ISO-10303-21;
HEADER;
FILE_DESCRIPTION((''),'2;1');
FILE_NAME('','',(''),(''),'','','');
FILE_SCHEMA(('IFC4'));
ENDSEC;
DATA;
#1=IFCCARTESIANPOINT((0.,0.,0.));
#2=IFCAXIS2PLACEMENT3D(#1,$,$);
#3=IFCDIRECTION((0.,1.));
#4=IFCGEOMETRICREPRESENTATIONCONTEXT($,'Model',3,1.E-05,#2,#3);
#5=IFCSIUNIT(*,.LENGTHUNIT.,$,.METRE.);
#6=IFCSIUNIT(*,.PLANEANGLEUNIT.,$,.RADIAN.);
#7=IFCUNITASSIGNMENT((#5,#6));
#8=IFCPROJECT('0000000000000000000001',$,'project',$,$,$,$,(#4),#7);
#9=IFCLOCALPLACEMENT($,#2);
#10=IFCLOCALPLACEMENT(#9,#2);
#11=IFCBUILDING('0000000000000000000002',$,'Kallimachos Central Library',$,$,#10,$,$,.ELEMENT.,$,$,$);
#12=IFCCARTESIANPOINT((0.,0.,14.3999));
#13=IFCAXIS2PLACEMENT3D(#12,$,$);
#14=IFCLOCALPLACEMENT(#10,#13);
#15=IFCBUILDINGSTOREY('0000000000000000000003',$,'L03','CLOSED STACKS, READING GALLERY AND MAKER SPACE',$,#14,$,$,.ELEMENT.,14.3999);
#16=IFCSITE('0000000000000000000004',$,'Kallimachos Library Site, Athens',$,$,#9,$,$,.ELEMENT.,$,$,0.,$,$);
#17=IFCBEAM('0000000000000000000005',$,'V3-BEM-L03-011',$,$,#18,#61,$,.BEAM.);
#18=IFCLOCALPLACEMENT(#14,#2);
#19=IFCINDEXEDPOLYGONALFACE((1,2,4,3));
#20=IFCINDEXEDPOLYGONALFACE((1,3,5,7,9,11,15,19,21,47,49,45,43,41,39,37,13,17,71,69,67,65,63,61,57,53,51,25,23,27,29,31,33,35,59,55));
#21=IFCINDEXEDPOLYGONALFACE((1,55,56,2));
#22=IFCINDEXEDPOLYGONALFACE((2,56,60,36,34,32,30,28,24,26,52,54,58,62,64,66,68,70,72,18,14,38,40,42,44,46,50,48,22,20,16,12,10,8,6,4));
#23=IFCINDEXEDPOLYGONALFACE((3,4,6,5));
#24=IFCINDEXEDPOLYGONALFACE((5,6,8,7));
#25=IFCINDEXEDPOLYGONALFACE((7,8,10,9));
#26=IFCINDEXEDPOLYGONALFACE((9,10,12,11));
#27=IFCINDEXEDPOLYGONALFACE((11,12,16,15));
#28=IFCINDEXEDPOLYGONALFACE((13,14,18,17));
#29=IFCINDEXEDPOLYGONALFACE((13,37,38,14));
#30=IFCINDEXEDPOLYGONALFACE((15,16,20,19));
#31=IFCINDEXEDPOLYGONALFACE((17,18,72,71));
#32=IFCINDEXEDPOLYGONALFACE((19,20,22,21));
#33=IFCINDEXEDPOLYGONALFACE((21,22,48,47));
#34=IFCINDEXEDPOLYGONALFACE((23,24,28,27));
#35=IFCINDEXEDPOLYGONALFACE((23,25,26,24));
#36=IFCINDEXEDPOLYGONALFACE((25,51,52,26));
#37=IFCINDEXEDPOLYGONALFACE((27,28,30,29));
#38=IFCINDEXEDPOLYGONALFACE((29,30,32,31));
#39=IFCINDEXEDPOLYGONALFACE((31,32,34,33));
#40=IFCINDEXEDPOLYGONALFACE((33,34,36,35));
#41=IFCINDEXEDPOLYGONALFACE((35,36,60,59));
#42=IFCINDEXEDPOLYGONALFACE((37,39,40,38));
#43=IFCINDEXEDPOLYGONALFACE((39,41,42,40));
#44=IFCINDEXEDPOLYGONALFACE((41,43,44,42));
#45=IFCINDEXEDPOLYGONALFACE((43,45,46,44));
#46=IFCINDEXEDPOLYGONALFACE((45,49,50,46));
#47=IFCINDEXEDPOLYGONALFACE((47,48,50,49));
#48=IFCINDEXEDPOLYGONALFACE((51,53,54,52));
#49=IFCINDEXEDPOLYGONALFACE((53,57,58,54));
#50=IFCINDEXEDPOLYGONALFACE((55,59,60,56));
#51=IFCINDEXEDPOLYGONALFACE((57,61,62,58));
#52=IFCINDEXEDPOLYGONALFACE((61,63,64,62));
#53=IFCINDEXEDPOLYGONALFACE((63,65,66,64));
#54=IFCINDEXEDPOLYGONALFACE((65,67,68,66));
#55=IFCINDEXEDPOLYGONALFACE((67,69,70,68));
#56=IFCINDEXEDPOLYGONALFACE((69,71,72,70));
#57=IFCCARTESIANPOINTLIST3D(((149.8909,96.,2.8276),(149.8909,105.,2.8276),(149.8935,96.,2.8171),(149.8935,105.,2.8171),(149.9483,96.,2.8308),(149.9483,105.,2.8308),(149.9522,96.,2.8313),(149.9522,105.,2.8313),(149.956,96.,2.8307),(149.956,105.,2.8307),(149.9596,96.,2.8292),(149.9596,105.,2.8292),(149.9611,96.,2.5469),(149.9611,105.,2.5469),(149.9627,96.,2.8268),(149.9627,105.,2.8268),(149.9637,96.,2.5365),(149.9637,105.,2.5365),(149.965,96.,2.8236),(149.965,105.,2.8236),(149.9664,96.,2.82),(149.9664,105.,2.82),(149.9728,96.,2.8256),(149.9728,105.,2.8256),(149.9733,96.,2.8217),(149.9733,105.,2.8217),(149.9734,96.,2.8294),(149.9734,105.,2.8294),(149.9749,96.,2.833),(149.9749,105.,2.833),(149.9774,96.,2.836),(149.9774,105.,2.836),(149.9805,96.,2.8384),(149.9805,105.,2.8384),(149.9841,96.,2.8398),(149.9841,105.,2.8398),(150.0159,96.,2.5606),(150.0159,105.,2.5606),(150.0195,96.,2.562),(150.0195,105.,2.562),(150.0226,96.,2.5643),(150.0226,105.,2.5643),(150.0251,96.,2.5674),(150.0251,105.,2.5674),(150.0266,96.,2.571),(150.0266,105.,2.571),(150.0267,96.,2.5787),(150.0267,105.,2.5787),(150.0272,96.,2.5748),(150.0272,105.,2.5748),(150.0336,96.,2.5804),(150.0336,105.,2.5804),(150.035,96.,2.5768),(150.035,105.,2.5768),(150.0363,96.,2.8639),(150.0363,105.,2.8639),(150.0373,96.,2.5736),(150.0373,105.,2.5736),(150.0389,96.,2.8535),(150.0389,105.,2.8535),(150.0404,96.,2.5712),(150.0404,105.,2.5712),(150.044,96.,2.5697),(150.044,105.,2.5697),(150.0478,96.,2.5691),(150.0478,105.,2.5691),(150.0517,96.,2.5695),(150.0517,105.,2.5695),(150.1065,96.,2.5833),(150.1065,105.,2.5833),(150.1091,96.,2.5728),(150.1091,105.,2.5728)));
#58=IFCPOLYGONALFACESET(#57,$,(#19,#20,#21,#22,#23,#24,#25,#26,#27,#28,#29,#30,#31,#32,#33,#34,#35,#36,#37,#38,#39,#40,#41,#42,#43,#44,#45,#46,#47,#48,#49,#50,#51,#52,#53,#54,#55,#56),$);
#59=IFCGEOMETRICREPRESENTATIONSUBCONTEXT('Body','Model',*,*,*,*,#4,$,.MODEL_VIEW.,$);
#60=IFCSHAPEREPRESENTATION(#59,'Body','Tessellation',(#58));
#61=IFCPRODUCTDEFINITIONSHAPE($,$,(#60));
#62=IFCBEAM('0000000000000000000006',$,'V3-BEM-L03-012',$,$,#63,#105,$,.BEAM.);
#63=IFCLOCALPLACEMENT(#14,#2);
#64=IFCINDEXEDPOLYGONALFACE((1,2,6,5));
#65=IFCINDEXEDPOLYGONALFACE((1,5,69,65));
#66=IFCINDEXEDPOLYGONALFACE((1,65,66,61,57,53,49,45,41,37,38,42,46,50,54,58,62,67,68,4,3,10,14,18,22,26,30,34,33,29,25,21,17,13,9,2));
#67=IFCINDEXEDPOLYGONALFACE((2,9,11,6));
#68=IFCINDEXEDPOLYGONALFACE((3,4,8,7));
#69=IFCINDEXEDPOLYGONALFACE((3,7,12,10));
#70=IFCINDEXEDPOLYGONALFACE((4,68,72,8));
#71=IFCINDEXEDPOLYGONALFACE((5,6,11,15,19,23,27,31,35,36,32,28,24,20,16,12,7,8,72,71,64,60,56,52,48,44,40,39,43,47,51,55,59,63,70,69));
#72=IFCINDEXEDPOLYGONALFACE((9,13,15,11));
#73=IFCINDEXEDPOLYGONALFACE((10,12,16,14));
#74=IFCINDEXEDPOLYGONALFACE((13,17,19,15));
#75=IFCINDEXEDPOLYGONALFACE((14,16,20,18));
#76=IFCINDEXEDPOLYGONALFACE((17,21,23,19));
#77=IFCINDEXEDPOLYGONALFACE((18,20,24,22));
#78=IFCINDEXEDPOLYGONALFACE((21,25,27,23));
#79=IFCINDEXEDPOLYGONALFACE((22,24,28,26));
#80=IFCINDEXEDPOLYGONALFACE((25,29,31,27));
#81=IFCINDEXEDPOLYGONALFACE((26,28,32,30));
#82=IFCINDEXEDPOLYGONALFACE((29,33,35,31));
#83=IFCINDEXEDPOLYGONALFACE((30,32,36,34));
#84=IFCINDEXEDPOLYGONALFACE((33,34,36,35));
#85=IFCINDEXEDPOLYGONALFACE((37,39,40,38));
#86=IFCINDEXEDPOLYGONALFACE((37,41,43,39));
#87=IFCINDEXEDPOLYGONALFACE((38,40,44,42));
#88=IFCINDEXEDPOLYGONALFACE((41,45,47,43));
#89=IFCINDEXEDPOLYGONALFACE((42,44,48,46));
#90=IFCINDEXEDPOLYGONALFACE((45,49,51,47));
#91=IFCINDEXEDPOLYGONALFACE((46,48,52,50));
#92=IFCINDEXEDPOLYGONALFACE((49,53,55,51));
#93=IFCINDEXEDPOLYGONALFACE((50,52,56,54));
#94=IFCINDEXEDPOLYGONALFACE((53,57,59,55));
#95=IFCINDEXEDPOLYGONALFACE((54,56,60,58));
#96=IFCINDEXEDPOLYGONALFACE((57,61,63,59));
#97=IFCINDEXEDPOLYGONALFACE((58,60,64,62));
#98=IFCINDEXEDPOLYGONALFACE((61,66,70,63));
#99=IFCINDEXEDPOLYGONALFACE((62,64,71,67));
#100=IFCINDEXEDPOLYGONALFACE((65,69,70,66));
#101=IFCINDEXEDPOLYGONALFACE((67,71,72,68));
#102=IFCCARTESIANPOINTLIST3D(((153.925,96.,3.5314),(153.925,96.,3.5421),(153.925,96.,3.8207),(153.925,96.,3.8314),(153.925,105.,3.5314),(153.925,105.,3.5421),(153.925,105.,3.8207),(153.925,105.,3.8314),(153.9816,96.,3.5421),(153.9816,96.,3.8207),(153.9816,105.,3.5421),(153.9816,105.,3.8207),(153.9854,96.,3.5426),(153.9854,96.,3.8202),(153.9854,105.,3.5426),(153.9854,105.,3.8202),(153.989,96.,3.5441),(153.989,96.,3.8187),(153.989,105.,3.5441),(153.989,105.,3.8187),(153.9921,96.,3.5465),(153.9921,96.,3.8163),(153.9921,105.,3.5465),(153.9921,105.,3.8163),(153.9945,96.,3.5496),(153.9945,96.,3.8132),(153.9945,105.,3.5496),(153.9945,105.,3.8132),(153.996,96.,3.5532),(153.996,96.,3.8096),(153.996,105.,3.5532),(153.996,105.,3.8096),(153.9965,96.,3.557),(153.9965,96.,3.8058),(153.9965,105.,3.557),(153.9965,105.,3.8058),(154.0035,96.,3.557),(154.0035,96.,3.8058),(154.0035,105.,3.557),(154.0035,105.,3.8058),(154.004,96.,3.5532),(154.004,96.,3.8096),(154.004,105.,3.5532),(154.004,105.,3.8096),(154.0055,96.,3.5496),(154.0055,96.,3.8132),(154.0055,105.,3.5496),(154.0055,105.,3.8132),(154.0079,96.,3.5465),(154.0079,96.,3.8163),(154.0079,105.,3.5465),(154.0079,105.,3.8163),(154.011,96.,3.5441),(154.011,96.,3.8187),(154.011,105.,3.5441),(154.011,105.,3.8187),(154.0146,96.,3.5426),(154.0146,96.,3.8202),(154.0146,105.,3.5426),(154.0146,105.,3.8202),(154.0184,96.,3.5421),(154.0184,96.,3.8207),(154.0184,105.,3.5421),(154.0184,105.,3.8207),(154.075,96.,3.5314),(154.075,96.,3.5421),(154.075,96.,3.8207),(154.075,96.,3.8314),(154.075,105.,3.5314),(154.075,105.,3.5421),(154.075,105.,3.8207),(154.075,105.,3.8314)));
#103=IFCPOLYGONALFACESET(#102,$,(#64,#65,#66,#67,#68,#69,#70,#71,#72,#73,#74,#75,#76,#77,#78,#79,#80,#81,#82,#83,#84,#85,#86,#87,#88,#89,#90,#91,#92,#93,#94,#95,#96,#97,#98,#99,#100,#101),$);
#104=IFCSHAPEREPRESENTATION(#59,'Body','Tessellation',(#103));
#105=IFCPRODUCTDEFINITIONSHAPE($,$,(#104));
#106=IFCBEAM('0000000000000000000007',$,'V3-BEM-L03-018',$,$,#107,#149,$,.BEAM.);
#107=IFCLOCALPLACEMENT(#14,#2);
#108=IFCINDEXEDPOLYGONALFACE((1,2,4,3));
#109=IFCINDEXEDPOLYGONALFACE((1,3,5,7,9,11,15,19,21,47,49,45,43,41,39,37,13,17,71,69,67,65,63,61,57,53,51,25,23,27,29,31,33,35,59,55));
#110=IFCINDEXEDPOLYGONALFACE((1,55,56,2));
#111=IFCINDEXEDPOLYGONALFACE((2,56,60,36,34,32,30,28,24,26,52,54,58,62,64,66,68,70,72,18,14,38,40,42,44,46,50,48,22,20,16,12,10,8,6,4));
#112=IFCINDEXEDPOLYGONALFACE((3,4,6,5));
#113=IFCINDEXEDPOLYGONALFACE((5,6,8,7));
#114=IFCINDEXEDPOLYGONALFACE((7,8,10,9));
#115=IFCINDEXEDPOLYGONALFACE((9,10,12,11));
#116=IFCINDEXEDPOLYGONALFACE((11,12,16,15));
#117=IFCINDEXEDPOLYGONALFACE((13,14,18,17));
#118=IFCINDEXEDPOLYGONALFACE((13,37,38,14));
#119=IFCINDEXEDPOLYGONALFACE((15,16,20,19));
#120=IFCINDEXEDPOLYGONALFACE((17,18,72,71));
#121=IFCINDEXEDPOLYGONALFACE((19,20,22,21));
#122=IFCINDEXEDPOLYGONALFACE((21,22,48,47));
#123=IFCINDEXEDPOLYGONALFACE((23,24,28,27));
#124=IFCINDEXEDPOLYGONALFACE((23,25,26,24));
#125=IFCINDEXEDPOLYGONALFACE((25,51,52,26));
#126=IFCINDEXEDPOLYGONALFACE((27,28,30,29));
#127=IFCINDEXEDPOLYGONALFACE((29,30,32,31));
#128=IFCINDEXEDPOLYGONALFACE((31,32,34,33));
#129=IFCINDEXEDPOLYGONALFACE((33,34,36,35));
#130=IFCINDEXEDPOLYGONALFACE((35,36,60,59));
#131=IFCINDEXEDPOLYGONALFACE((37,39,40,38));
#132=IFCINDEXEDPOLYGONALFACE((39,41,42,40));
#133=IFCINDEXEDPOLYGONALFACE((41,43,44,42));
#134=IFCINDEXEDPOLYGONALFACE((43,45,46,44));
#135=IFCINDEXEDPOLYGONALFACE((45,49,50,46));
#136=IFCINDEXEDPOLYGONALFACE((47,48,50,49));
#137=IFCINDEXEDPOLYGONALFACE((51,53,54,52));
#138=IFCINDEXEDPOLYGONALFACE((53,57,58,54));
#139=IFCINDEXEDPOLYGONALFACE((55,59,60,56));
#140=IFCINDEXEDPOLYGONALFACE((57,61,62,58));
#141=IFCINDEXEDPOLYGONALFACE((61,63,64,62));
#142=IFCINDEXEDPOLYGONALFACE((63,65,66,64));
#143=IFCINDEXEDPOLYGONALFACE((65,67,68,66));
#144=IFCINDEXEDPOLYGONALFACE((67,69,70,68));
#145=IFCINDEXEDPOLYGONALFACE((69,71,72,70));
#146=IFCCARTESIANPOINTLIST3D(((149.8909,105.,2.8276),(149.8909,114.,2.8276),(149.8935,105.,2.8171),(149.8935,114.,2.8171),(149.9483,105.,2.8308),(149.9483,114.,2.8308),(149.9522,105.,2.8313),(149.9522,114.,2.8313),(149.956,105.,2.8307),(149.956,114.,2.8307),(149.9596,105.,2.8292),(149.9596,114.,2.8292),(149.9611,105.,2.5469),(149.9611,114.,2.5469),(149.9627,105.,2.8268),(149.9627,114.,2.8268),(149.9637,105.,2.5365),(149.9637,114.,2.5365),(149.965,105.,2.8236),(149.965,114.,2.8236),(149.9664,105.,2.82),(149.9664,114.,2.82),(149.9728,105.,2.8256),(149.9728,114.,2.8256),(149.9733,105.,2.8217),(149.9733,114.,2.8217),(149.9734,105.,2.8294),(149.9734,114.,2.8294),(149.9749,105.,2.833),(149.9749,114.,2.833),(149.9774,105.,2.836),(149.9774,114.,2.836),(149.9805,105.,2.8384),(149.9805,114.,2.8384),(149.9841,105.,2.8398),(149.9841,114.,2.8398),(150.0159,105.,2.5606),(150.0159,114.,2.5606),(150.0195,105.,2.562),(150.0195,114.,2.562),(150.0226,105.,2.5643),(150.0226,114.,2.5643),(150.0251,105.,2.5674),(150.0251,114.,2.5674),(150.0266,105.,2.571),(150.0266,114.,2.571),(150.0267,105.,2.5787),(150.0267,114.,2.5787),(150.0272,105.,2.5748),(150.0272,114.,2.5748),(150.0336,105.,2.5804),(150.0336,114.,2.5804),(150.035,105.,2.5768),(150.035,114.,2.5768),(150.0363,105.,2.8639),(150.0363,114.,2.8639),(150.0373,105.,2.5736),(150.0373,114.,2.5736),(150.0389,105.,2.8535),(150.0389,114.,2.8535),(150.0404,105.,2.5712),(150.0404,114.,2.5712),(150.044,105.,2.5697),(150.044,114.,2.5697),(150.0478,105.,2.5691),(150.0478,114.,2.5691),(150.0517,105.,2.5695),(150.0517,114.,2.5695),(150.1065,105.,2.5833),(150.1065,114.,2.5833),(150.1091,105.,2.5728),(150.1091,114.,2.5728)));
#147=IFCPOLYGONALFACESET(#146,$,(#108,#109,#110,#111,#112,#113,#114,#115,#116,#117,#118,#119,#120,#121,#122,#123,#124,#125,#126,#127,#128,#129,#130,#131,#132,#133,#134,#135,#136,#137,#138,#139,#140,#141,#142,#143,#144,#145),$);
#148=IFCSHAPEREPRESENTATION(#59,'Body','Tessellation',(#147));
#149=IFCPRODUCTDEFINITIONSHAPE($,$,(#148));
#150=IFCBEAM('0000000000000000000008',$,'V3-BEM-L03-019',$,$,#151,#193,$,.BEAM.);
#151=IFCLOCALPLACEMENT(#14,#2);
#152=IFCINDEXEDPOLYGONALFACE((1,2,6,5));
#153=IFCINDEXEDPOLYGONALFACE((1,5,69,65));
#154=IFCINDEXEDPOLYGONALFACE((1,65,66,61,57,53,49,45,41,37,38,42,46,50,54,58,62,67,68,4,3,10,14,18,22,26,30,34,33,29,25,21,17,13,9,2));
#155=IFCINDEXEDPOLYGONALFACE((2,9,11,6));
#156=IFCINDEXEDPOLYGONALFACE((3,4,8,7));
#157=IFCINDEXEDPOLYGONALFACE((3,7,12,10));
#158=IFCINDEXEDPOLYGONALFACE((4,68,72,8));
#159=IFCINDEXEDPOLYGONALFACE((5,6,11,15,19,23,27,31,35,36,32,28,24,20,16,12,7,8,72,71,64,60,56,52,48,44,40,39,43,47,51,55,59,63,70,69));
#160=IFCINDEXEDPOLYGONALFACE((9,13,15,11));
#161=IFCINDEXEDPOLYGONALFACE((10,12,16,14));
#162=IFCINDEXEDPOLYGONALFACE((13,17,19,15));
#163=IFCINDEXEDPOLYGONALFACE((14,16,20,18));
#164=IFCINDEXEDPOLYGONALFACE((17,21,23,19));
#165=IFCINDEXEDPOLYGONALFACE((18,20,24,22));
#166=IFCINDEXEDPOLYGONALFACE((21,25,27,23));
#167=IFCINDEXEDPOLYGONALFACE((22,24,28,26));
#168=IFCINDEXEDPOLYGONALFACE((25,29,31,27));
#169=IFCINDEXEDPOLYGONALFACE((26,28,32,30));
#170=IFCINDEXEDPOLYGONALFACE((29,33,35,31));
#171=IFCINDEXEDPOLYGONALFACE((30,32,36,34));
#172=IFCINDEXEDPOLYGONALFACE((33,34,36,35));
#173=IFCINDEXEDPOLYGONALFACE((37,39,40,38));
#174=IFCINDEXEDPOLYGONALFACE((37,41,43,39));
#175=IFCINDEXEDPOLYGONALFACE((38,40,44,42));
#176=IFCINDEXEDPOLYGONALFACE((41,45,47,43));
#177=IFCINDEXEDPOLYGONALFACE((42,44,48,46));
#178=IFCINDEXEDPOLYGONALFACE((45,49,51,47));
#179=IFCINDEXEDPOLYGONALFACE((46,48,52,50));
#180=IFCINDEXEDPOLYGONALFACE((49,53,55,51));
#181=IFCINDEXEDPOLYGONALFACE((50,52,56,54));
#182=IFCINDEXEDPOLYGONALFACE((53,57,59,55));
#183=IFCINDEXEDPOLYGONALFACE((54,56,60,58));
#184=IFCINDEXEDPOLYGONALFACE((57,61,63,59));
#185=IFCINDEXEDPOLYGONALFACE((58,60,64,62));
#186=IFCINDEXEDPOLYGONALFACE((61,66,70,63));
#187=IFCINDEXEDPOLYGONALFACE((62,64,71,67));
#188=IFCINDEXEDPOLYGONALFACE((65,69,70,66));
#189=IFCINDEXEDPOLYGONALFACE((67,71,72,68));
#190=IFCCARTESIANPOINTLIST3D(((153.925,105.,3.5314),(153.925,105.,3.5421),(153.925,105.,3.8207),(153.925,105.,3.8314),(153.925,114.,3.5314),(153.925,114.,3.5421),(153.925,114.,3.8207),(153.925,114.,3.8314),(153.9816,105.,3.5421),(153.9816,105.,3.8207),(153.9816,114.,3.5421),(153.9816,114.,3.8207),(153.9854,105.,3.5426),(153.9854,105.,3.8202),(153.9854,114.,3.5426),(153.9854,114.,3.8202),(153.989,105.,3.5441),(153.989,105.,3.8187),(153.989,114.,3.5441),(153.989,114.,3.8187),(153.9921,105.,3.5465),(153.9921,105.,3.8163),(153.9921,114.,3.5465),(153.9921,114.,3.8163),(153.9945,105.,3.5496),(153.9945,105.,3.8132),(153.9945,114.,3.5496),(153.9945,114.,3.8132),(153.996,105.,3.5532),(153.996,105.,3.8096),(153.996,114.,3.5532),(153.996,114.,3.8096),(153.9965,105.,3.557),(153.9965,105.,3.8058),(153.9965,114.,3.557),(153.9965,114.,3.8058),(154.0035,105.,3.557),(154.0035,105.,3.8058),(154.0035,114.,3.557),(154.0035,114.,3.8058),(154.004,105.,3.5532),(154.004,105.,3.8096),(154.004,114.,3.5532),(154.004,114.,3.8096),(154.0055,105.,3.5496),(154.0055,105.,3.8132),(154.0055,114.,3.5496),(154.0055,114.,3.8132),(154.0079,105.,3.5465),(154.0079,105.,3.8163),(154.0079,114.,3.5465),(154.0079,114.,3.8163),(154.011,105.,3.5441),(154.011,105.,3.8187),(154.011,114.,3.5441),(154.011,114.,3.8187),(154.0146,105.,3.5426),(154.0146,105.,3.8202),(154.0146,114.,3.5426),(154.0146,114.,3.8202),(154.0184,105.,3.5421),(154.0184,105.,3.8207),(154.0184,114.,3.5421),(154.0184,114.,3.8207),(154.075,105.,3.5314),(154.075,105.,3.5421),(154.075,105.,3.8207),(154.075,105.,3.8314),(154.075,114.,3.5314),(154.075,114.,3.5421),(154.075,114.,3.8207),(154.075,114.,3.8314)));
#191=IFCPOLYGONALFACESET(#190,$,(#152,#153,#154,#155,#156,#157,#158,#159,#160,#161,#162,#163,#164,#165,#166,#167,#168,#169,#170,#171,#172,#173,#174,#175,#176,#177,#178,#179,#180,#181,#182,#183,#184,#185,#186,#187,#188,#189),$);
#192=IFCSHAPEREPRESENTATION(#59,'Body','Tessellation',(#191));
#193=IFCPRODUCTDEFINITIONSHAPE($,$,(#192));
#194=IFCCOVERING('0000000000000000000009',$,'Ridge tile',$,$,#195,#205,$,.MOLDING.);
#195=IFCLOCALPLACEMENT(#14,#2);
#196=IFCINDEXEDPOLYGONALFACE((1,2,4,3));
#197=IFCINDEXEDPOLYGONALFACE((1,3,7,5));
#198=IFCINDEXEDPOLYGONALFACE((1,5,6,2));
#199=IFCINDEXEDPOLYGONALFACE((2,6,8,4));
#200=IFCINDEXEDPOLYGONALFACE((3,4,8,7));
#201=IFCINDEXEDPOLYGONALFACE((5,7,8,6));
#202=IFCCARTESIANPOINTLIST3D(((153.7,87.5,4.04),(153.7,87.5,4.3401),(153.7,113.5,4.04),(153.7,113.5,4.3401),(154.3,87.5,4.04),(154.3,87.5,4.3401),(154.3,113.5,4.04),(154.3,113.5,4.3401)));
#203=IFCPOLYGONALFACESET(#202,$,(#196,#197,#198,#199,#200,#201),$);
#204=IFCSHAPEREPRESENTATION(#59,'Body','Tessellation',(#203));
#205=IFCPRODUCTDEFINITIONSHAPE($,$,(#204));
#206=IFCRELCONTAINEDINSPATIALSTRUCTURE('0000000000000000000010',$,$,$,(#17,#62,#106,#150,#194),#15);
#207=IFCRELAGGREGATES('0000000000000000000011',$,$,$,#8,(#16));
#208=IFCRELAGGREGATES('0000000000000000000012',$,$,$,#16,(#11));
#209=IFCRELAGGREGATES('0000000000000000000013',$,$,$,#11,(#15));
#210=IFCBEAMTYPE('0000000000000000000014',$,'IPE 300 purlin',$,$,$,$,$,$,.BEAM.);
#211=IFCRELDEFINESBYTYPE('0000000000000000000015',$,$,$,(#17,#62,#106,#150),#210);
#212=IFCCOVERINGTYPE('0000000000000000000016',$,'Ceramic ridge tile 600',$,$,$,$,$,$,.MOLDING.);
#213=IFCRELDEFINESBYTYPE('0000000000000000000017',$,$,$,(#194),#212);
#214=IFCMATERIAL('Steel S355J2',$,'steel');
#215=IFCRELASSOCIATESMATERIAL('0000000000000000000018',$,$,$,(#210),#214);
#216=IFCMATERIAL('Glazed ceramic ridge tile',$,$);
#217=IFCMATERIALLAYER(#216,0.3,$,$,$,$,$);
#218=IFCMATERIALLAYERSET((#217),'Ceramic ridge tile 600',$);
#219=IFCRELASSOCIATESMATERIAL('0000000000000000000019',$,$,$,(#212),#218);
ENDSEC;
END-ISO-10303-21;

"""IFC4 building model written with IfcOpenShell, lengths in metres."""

from ifc_helpers import new_model, si_unit, direction, frame, origin, origin_2d, place, context, subcontext, project, spatial, rectangle, i_section, extrude, material, layer, layer_set, material_profile, profile_set, type_object, element, save


model = new_model("IFC4")

# Units and contexts
model_context = context("Model", 3, precision=1e-05, world=origin(), true_north=direction((0.0, 1.0)))
body_context = subcontext(model_context, "Body", "Model", "MODEL_VIEW")
ifc_project = project(units=[si_unit("LENGTHUNIT", "METRE"), si_unit("PLANEANGLEUNIT", "RADIAN")], contexts=[model_context])

# Site, building, storey
site_placement = place(None, origin())
site = spatial("IfcSite", under=ifc_project, at=site_placement, Name="Kallimachos Library Site, Athens", CompositionType="ELEMENT", RefElevation=0.0)
building_placement = place(site_placement, origin())
building = spatial("IfcBuilding", under=site, at=building_placement, Name="Kallimachos Central Library", CompositionType="ELEMENT")
storey_placement = place(building_placement, frame((0.0, 0.0, 14.3999)))
storey = spatial("IfcBuildingStorey", under=building, at=storey_placement, Name="L03", Description="CLOSED STACKS, READING GALLERY AND MAKER SPACE", CompositionType="ELEMENT", Elevation=14.3999)

# Beams
ifc_material_1 = material(Name="Steel S355J2", Category="steel")
ifc_material_profile = material_profile(ifc_material_1, i_section(OverallWidth=0.1499, OverallDepth=0.3, WebThickness=0.0071, FlangeThickness=0.0107, FilletRadius=0.0149, at=origin_2d()), Name="IPE 300")
ifc_profile_set = profile_set([ifc_material_profile], Name="Steel S355J2")
beam_type = type_object("IfcBeamType", Name="IPE 300 purlin", PredefinedType="BEAM", material=ifc_profile_set)
for number, where, z_axis, x_axis, name in (
    (1, (150.0, 96.0, 2.7002), (0.0, 1.0, 0.0), (-0.970143, 0.0, -0.242536), "V3-BEM-L03-011"),
    (2, (154.0, 96.0, 3.6814), (0.0, 1.0, 0.0), (-1.0, 0.0, 0.0), "V3-BEM-L03-012"),
    (3, (150.0, 105.0, 2.7002), (0.0, 1.0, 0.0), (-0.970143, 0.0, -0.242536), "V3-BEM-L03-018"),
    (4, (154.0, 105.0, 3.6814), (0.0, 1.0, 0.0), (-1.0, 0.0, 0.0), "V3-BEM-L03-019"),
):
    element("IfcBeam", number, at=place(storey_placement, frame(where, z_axis=z_axis, x_axis=x_axis)), inside=storey, type_object=beam_type, Name=name, PredefinedType="BEAM", context=body_context, shape_type="SweptSolid", body=[
        extrude(i_section(OverallWidth=0.1499, OverallDepth=0.3, WebThickness=0.0071, FlangeThickness=0.0107, FilletRadius=0.0149, at=origin_2d()), origin(), (0.0, 0.0, 1.0), 9.0),
    ])

# Covering
ifc_material_2 = material(Name="Glazed ceramic ridge tile")
ifc_layer_1 = layer(ifc_material_2, 0.3)
ifc_layer_set_1 = layer_set([ifc_layer_1], Name="Ceramic ridge tile 600")
covering_type_1 = type_object("IfcCoveringType", Name="Ceramic ridge tile 600", PredefinedType="MOLDING", material=ifc_layer_set_1)
covering_1_placement = place(storey_placement, frame((154.0, 100.5, 4.04), z_axis=(0.0, 0.0, 1.0), x_axis=(1.0, 0.0, 0.0)))
element("IfcCovering", 5, at=covering_1_placement, inside=storey, type_object=covering_type_1, Name="Ridge tile", PredefinedType="MOLDING", context=body_context, shape_type="SweptSolid", body=[
    extrude(rectangle(XDim=0.6001, YDim=26.0, at=origin_2d()), origin(), (0.0, 0.0, 1.0), 0.3),
])

save(model, "model.ifc")
